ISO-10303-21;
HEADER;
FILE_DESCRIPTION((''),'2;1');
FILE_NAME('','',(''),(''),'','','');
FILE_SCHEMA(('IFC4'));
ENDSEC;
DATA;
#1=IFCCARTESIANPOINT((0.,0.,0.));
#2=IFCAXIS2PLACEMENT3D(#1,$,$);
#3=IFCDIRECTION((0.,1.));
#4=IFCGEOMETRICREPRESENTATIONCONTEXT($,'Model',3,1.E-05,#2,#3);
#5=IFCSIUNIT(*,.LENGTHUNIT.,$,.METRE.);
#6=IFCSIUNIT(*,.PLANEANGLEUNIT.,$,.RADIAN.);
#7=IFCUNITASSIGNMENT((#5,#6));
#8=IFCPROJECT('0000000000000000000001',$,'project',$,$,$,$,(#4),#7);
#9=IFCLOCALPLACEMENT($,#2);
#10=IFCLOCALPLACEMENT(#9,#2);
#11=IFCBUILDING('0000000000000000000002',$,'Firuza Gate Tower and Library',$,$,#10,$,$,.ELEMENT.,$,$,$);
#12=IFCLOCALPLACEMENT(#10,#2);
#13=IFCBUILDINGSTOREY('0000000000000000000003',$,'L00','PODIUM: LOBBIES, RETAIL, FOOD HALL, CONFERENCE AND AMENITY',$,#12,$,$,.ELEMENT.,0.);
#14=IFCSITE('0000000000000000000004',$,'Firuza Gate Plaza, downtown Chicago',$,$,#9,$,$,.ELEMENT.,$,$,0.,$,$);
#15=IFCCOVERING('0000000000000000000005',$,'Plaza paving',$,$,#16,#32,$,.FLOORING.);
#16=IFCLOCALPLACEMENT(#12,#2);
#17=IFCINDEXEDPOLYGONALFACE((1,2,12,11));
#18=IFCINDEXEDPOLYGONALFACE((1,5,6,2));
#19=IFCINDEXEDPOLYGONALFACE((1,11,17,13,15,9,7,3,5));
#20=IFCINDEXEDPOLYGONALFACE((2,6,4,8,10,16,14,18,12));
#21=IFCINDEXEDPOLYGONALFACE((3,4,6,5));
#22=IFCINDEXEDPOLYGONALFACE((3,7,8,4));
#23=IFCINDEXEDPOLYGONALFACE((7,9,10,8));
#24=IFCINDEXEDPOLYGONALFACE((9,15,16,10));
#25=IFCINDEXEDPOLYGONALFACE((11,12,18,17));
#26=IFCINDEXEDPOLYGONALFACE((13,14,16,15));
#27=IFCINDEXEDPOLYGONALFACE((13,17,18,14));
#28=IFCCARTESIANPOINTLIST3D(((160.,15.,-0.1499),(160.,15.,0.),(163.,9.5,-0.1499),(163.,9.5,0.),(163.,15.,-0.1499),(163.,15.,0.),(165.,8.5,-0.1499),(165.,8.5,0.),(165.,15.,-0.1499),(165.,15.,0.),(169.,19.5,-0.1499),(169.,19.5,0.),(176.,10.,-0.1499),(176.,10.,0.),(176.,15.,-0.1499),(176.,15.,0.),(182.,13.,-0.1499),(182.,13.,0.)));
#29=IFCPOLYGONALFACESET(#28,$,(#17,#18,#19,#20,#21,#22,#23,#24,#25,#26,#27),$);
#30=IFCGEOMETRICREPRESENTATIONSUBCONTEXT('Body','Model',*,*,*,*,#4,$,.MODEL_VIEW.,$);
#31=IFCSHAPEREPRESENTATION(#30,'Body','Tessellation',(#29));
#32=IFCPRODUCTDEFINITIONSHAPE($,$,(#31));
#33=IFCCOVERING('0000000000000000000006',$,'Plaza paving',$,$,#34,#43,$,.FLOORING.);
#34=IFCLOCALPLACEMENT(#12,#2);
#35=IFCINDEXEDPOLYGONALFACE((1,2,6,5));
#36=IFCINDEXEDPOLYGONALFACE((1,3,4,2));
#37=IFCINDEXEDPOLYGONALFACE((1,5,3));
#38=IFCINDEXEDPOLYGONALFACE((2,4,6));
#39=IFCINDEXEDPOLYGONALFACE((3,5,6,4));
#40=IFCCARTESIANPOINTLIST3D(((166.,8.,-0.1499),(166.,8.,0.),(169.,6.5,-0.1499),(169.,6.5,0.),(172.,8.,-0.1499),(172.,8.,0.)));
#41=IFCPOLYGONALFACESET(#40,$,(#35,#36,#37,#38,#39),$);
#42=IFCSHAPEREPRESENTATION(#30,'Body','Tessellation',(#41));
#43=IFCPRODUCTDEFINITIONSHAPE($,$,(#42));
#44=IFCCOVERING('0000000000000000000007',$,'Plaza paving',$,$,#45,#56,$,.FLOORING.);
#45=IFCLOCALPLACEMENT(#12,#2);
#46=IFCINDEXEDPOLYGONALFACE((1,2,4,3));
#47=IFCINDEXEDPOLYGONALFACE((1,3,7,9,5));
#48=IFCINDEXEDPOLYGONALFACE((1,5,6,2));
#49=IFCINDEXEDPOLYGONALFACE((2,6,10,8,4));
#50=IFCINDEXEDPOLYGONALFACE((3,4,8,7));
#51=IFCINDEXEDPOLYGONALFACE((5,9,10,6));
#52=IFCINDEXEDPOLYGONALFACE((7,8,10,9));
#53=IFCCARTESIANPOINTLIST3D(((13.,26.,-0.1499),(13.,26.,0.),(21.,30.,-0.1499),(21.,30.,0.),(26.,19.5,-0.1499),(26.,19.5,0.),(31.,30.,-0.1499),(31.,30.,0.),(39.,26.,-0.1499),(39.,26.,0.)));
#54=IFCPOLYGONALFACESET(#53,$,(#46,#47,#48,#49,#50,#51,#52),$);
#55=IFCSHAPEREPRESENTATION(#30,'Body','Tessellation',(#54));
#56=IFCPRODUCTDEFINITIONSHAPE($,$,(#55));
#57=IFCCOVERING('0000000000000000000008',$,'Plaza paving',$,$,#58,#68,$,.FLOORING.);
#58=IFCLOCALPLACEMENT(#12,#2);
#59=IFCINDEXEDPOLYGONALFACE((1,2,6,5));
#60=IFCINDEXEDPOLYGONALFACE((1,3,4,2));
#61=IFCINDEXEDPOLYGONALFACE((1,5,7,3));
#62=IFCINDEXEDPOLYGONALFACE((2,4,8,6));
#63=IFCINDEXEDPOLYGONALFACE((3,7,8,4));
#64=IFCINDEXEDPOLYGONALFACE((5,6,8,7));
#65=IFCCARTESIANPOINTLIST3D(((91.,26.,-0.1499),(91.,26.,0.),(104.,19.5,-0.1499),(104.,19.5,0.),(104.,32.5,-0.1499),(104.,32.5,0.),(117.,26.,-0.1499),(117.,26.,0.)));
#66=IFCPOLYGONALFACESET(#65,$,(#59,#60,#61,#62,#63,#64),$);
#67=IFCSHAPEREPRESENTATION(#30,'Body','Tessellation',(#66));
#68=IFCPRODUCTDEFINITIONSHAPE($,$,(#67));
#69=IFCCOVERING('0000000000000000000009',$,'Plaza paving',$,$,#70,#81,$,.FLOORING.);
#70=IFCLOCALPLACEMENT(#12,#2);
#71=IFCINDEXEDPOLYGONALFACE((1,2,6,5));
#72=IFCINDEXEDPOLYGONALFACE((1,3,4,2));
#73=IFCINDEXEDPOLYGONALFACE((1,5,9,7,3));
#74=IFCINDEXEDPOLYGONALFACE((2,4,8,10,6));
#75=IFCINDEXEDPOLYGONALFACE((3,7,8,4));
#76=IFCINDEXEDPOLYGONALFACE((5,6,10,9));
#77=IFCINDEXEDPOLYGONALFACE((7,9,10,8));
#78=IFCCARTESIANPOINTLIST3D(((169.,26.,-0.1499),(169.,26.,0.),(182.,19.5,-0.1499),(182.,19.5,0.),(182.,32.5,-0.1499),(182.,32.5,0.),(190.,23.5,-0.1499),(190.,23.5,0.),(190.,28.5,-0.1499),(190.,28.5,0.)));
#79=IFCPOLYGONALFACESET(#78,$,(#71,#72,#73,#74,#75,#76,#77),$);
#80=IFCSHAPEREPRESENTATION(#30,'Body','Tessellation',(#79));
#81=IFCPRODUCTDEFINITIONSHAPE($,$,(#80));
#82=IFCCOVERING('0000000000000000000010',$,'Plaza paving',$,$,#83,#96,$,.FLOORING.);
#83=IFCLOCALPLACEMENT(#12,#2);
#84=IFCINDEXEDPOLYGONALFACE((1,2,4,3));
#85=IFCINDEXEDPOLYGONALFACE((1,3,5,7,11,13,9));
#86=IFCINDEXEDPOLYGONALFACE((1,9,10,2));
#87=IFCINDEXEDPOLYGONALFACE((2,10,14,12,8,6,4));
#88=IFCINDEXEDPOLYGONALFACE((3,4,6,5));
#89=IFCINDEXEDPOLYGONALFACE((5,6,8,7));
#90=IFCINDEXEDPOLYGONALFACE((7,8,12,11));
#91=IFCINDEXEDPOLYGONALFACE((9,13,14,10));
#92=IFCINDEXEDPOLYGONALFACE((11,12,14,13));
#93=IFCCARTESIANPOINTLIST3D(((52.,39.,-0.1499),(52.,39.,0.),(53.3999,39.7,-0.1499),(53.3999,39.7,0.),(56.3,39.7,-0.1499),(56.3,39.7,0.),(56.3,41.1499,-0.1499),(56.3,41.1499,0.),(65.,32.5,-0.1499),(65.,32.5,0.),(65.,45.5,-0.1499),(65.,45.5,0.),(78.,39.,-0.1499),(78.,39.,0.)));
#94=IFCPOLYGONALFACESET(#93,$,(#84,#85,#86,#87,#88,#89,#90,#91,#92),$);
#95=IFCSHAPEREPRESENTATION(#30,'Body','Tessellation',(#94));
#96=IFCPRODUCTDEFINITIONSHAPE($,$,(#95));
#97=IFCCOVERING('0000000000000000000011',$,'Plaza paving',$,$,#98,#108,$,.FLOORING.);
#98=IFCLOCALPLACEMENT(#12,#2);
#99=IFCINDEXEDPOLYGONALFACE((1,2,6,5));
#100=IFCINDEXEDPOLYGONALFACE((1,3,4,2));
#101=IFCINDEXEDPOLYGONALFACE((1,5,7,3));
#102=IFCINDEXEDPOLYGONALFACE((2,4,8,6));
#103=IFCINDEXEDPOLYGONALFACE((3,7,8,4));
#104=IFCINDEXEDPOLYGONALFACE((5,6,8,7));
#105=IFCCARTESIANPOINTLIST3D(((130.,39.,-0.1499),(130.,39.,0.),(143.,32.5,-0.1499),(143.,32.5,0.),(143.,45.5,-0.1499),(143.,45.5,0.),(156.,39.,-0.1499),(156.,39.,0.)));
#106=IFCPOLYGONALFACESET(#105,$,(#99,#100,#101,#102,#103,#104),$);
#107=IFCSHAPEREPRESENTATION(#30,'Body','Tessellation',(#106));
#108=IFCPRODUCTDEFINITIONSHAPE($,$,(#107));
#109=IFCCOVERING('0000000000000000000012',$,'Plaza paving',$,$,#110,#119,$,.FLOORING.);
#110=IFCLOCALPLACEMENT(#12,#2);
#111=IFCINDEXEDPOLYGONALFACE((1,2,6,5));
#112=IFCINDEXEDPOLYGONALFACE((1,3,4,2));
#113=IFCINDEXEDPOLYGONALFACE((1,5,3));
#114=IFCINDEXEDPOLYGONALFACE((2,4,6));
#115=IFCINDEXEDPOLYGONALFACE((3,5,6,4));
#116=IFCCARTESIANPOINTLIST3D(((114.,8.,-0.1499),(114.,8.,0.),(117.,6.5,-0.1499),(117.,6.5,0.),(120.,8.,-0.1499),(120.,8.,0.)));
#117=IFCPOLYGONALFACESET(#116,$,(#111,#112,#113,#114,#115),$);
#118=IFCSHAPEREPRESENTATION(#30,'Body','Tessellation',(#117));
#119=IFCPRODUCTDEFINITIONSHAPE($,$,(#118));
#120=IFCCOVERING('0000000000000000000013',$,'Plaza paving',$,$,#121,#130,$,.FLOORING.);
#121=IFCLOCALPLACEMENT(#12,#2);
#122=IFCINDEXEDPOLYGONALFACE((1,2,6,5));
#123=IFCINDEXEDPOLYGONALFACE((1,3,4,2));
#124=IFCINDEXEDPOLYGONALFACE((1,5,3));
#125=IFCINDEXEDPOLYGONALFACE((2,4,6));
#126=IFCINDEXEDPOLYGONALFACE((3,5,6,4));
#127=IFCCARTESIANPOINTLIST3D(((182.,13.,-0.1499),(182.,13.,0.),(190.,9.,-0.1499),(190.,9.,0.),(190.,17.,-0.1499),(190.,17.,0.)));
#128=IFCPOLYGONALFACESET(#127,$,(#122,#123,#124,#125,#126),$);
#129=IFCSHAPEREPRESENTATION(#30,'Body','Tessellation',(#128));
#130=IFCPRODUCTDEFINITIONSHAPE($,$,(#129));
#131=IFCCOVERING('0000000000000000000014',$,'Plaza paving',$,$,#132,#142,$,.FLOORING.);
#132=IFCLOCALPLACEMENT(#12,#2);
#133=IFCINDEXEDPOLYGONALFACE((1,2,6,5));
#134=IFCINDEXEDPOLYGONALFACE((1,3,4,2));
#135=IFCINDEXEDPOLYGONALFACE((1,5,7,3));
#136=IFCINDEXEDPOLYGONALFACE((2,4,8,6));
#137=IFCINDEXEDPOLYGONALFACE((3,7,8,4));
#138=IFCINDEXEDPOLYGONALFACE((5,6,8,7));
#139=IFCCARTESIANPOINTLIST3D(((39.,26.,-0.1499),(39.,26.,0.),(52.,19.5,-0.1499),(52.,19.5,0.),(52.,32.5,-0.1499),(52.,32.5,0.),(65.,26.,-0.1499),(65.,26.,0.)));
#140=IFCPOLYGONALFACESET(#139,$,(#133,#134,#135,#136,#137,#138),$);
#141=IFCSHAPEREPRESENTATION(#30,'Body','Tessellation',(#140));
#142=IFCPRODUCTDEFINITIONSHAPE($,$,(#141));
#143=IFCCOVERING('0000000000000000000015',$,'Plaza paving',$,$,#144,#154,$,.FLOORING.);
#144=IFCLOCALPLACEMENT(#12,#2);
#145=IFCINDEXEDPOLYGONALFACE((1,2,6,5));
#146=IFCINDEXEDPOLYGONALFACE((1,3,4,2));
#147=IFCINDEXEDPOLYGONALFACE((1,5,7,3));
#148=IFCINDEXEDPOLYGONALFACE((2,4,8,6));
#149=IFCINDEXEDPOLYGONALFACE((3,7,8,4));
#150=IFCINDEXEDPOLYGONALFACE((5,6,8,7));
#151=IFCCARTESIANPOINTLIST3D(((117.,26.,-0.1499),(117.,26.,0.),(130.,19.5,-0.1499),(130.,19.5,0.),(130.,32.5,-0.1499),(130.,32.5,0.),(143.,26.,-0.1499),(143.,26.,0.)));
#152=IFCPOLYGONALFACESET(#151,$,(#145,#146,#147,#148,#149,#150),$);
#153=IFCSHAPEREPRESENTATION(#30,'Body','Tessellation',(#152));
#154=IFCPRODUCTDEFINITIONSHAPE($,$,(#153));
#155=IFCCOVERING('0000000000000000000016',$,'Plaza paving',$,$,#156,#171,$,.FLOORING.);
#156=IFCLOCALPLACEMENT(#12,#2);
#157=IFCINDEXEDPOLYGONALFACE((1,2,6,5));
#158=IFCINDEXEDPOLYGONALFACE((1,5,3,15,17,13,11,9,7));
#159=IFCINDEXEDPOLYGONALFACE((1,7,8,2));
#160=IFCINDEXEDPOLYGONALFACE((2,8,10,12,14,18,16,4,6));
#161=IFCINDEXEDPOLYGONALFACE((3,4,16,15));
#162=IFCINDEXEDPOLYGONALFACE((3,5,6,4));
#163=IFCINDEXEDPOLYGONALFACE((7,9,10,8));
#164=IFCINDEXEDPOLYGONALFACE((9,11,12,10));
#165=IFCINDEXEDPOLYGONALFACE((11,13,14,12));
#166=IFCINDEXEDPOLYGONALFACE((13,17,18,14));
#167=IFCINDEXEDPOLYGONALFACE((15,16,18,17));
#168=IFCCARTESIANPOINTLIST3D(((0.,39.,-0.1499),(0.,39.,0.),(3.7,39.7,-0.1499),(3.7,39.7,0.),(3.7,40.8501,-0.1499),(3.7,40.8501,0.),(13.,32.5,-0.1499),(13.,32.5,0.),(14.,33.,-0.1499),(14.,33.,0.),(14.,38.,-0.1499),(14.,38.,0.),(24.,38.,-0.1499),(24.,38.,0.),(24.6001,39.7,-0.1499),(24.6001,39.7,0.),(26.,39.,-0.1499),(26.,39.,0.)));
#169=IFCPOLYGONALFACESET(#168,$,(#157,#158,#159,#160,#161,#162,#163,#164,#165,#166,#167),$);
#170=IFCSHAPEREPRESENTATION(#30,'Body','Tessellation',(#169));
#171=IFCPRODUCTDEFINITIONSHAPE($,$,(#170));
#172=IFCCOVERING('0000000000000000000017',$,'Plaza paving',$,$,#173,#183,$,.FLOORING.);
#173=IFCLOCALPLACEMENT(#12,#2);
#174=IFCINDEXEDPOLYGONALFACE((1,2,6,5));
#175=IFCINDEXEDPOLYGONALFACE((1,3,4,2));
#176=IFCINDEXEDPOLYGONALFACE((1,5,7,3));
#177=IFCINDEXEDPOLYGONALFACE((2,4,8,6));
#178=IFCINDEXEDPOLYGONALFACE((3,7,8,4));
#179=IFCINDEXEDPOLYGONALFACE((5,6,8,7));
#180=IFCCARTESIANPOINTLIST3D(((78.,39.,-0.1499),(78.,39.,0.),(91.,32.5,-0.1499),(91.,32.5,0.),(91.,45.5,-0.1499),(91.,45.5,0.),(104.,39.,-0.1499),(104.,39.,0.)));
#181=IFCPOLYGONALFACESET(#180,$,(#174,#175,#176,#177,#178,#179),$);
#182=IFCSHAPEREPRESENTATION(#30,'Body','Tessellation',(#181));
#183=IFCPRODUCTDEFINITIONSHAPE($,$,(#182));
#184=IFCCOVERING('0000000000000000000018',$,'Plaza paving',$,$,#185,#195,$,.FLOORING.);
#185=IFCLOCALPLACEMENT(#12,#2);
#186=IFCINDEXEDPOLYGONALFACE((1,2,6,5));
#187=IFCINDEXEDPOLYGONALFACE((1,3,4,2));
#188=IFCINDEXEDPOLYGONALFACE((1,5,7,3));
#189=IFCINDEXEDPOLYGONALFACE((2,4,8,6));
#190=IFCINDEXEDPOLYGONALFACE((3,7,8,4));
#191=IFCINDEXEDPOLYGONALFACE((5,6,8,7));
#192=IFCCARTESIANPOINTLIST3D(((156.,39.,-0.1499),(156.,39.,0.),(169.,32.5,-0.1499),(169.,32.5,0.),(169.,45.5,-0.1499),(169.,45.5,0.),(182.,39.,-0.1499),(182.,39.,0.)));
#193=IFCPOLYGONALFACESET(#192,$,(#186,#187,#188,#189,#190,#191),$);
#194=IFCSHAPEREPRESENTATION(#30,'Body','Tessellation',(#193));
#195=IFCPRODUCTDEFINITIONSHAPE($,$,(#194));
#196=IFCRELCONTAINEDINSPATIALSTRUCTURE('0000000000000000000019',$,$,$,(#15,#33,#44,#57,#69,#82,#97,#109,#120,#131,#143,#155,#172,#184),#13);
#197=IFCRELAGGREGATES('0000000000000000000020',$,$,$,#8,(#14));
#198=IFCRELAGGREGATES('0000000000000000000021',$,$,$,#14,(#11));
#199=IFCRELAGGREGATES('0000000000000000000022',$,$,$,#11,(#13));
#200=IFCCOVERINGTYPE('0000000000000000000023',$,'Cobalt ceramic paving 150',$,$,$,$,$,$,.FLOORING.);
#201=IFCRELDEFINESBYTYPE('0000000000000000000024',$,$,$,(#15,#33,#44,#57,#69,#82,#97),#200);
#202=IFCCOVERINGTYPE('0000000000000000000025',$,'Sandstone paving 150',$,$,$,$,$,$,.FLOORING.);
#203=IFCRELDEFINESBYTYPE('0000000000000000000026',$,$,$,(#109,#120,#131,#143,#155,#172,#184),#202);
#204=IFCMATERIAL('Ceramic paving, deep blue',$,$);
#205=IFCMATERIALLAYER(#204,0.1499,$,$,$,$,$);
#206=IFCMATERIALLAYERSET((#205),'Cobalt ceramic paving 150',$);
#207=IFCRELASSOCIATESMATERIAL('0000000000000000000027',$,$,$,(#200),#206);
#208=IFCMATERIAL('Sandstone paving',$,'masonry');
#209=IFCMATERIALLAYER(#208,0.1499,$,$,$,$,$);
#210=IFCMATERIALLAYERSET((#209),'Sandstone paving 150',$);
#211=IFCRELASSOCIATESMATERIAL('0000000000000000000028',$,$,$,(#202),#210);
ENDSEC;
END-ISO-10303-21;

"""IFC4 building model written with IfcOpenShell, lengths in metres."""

from ifc_helpers import new_model, si_unit, direction, frame, origin, place, context, subcontext, project, spatial, polyline, outline, extrude, material, layer, layer_set, type_object, element, save


model = new_model("IFC4")

# Units and contexts
model_context = context("Model", 3, precision=1e-05, world=origin(), true_north=direction((0.0, 1.0)))
body_context = subcontext(model_context, "Body", "Model", "MODEL_VIEW")
ifc_project = project(units=[si_unit("LENGTHUNIT", "METRE"), si_unit("PLANEANGLEUNIT", "RADIAN")], contexts=[model_context])

# Site, building, storey
site_placement = place(None, origin())
site = spatial("IfcSite", under=ifc_project, at=site_placement, Name="Firuza Gate Plaza, downtown Chicago", CompositionType="ELEMENT", RefElevation=0.0)
building_placement = place(site_placement, origin())
building = spatial("IfcBuilding", under=site, at=building_placement, Name="Firuza Gate Tower and Library", CompositionType="ELEMENT")
storey_placement = place(building_placement, origin())
storey = spatial("IfcBuildingStorey", under=building, at=storey_placement, Name="L00", Description="PODIUM: LOBBIES, RETAIL, FOOD HALL, CONFERENCE AND AMENITY", CompositionType="ELEMENT", Elevation=0.0)

# Coverings
ifc_material_1 = material(Name="Ceramic paving, deep blue")
ifc_layer_1 = layer(ifc_material_1, 0.1499)
ifc_layer_set_1 = layer_set([ifc_layer_1], Name="Cobalt ceramic paving 150")
covering_type_1 = type_object("IfcCoveringType", Name="Cobalt ceramic paving 150", PredefinedType="FLOORING", material=ifc_layer_set_1)
placement = place(storey_placement, frame((0.0, 0.0, -0.1499)))
element("IfcCovering", 1, at=placement, inside=storey, type_object=covering_type_1, Name="Plaza paving", PredefinedType="FLOORING", context=body_context, shape_type="SweptSolid", body=[
    extrude(outline(polyline([(163.0, 9.5), (163.0, 15.0), (160.0, 15.0), (169.0, 19.5), (182.0, 13.0), (176.0, 10.0), (176.0, 15.0), (165.0, 15.0), (165.0, 8.5), (163.0, 9.5)])), origin(), (0.0, 0.0, 1.0), 0.1499),
])
element("IfcCovering", 2, at=placement, inside=storey, type_object=covering_type_1, Name="Plaza paving", PredefinedType="FLOORING", context=body_context, shape_type="SweptSolid", body=[
    extrude(outline(polyline([(169.0, 6.5), (166.0, 8.0), (172.0, 8.0), (169.0, 6.5)])), origin(), (0.0, 0.0, 1.0), 0.1499),
])
element("IfcCovering", 3, at=placement, inside=storey, type_object=covering_type_1, Name="Plaza paving", PredefinedType="FLOORING", context=body_context, shape_type="SweptSolid", body=[
    extrude(outline(polyline([(39.0, 26.0), (26.0, 19.5), (13.0, 26.0), (21.0, 30.0), (31.0, 30.0), (39.0, 26.0)])), origin(), (0.0, 0.0, 1.0), 0.1499),
])
element("IfcCovering", 4, at=placement, inside=storey, type_object=covering_type_1, Name="Plaza paving", PredefinedType="FLOORING", context=body_context, shape_type="SweptSolid", body=[
    extrude(outline(polyline([(104.0, 32.5), (117.0, 26.0), (104.0, 19.5), (91.0, 26.0), (104.0, 32.5)])), origin(), (0.0, 0.0, 1.0), 0.1499),
])
element("IfcCovering", 5, at=placement, inside=storey, type_object=covering_type_1, Name="Plaza paving", PredefinedType="FLOORING", context=body_context, shape_type="SweptSolid", body=[
    extrude(outline(polyline([(182.0, 19.5), (169.0, 26.0), (182.0, 32.5), (190.0, 28.5), (190.0, 23.5), (182.0, 19.5)])), origin(), (0.0, 0.0, 1.0), 0.1499),
])
element("IfcCovering", 6, at=placement, inside=storey, type_object=covering_type_1, Name="Plaza paving", PredefinedType="FLOORING", context=body_context, shape_type="SweptSolid", body=[
    extrude(outline(polyline([(65.0, 45.5), (78.0, 39.0), (65.0, 32.5), (52.0, 39.0), (53.3999, 39.7), (56.3, 39.7), (56.3, 41.1499), (65.0, 45.5)])), origin(), (0.0, 0.0, 1.0), 0.1499),
])
element("IfcCovering", 7, at=placement, inside=storey, type_object=covering_type_1, Name="Plaza paving", PredefinedType="FLOORING", context=body_context, shape_type="SweptSolid", body=[
    extrude(outline(polyline([(143.0, 45.5), (156.0, 39.0), (143.0, 32.5), (130.0, 39.0), (143.0, 45.5)])), origin(), (0.0, 0.0, 1.0), 0.1499),
])
ifc_material_2 = material(Name="Sandstone paving", Category="masonry")
ifc_layer_2 = layer(ifc_material_2, 0.1499)
ifc_layer_set_2 = layer_set([ifc_layer_2], Name="Sandstone paving 150")
covering_type_2 = type_object("IfcCoveringType", Name="Sandstone paving 150", PredefinedType="FLOORING", material=ifc_layer_set_2)
element("IfcCovering", 8, at=placement, inside=storey, type_object=covering_type_2, Name="Plaza paving", PredefinedType="FLOORING", context=body_context, shape_type="SweptSolid", body=[
    extrude(outline(polyline([(117.0, 6.5), (114.0, 8.0), (120.0, 8.0), (117.0, 6.5)])), origin(), (0.0, 0.0, 1.0), 0.1499),
])
element("IfcCovering", 9, at=placement, inside=storey, type_object=covering_type_2, Name="Plaza paving", PredefinedType="FLOORING", context=body_context, shape_type="SweptSolid", body=[
    extrude(outline(polyline([(182.0, 13.0), (190.0, 17.0), (190.0, 9.0), (182.0, 13.0)])), origin(), (0.0, 0.0, 1.0), 0.1499),
])
element("IfcCovering", 10, at=placement, inside=storey, type_object=covering_type_2, Name="Plaza paving", PredefinedType="FLOORING", context=body_context, shape_type="SweptSolid", body=[
    extrude(outline(polyline([(52.0, 32.5), (65.0, 26.0), (52.0, 19.5), (39.0, 26.0), (52.0, 32.5)])), origin(), (0.0, 0.0, 1.0), 0.1499),
])
element("IfcCovering", 11, at=placement, inside=storey, type_object=covering_type_2, Name="Plaza paving", PredefinedType="FLOORING", context=body_context, shape_type="SweptSolid", body=[
    extrude(outline(polyline([(130.0, 32.5), (143.0, 26.0), (130.0, 19.5), (117.0, 26.0), (130.0, 32.5)])), origin(), (0.0, 0.0, 1.0), 0.1499),
])
element("IfcCovering", 12, at=placement, inside=storey, type_object=covering_type_2, Name="Plaza paving", PredefinedType="FLOORING", context=body_context, shape_type="SweptSolid", body=[
    extrude(outline(polyline([(13.0, 32.5), (0.0, 39.0), (3.7, 40.8501), (3.7, 39.7), (24.6001, 39.7), (26.0, 39.0), (24.0, 38.0), (14.0, 38.0), (14.0, 33.0), (13.0, 32.5)])), origin(), (0.0, 0.0, 1.0), 0.1499),
])
element("IfcCovering", 13, at=placement, inside=storey, type_object=covering_type_2, Name="Plaza paving", PredefinedType="FLOORING", context=body_context, shape_type="SweptSolid", body=[
    extrude(outline(polyline([(91.0, 45.5), (104.0, 39.0), (91.0, 32.5), (78.0, 39.0), (91.0, 45.5)])), origin(), (0.0, 0.0, 1.0), 0.1499),
])
element("IfcCovering", 14, at=placement, inside=storey, type_object=covering_type_2, Name="Plaza paving", PredefinedType="FLOORING", context=body_context, shape_type="SweptSolid", body=[
    extrude(outline(polyline([(169.0, 45.5), (182.0, 39.0), (169.0, 32.5), (156.0, 39.0), (169.0, 45.5)])), origin(), (0.0, 0.0, 1.0), 0.1499),
])

save(model, "model.ifc")
